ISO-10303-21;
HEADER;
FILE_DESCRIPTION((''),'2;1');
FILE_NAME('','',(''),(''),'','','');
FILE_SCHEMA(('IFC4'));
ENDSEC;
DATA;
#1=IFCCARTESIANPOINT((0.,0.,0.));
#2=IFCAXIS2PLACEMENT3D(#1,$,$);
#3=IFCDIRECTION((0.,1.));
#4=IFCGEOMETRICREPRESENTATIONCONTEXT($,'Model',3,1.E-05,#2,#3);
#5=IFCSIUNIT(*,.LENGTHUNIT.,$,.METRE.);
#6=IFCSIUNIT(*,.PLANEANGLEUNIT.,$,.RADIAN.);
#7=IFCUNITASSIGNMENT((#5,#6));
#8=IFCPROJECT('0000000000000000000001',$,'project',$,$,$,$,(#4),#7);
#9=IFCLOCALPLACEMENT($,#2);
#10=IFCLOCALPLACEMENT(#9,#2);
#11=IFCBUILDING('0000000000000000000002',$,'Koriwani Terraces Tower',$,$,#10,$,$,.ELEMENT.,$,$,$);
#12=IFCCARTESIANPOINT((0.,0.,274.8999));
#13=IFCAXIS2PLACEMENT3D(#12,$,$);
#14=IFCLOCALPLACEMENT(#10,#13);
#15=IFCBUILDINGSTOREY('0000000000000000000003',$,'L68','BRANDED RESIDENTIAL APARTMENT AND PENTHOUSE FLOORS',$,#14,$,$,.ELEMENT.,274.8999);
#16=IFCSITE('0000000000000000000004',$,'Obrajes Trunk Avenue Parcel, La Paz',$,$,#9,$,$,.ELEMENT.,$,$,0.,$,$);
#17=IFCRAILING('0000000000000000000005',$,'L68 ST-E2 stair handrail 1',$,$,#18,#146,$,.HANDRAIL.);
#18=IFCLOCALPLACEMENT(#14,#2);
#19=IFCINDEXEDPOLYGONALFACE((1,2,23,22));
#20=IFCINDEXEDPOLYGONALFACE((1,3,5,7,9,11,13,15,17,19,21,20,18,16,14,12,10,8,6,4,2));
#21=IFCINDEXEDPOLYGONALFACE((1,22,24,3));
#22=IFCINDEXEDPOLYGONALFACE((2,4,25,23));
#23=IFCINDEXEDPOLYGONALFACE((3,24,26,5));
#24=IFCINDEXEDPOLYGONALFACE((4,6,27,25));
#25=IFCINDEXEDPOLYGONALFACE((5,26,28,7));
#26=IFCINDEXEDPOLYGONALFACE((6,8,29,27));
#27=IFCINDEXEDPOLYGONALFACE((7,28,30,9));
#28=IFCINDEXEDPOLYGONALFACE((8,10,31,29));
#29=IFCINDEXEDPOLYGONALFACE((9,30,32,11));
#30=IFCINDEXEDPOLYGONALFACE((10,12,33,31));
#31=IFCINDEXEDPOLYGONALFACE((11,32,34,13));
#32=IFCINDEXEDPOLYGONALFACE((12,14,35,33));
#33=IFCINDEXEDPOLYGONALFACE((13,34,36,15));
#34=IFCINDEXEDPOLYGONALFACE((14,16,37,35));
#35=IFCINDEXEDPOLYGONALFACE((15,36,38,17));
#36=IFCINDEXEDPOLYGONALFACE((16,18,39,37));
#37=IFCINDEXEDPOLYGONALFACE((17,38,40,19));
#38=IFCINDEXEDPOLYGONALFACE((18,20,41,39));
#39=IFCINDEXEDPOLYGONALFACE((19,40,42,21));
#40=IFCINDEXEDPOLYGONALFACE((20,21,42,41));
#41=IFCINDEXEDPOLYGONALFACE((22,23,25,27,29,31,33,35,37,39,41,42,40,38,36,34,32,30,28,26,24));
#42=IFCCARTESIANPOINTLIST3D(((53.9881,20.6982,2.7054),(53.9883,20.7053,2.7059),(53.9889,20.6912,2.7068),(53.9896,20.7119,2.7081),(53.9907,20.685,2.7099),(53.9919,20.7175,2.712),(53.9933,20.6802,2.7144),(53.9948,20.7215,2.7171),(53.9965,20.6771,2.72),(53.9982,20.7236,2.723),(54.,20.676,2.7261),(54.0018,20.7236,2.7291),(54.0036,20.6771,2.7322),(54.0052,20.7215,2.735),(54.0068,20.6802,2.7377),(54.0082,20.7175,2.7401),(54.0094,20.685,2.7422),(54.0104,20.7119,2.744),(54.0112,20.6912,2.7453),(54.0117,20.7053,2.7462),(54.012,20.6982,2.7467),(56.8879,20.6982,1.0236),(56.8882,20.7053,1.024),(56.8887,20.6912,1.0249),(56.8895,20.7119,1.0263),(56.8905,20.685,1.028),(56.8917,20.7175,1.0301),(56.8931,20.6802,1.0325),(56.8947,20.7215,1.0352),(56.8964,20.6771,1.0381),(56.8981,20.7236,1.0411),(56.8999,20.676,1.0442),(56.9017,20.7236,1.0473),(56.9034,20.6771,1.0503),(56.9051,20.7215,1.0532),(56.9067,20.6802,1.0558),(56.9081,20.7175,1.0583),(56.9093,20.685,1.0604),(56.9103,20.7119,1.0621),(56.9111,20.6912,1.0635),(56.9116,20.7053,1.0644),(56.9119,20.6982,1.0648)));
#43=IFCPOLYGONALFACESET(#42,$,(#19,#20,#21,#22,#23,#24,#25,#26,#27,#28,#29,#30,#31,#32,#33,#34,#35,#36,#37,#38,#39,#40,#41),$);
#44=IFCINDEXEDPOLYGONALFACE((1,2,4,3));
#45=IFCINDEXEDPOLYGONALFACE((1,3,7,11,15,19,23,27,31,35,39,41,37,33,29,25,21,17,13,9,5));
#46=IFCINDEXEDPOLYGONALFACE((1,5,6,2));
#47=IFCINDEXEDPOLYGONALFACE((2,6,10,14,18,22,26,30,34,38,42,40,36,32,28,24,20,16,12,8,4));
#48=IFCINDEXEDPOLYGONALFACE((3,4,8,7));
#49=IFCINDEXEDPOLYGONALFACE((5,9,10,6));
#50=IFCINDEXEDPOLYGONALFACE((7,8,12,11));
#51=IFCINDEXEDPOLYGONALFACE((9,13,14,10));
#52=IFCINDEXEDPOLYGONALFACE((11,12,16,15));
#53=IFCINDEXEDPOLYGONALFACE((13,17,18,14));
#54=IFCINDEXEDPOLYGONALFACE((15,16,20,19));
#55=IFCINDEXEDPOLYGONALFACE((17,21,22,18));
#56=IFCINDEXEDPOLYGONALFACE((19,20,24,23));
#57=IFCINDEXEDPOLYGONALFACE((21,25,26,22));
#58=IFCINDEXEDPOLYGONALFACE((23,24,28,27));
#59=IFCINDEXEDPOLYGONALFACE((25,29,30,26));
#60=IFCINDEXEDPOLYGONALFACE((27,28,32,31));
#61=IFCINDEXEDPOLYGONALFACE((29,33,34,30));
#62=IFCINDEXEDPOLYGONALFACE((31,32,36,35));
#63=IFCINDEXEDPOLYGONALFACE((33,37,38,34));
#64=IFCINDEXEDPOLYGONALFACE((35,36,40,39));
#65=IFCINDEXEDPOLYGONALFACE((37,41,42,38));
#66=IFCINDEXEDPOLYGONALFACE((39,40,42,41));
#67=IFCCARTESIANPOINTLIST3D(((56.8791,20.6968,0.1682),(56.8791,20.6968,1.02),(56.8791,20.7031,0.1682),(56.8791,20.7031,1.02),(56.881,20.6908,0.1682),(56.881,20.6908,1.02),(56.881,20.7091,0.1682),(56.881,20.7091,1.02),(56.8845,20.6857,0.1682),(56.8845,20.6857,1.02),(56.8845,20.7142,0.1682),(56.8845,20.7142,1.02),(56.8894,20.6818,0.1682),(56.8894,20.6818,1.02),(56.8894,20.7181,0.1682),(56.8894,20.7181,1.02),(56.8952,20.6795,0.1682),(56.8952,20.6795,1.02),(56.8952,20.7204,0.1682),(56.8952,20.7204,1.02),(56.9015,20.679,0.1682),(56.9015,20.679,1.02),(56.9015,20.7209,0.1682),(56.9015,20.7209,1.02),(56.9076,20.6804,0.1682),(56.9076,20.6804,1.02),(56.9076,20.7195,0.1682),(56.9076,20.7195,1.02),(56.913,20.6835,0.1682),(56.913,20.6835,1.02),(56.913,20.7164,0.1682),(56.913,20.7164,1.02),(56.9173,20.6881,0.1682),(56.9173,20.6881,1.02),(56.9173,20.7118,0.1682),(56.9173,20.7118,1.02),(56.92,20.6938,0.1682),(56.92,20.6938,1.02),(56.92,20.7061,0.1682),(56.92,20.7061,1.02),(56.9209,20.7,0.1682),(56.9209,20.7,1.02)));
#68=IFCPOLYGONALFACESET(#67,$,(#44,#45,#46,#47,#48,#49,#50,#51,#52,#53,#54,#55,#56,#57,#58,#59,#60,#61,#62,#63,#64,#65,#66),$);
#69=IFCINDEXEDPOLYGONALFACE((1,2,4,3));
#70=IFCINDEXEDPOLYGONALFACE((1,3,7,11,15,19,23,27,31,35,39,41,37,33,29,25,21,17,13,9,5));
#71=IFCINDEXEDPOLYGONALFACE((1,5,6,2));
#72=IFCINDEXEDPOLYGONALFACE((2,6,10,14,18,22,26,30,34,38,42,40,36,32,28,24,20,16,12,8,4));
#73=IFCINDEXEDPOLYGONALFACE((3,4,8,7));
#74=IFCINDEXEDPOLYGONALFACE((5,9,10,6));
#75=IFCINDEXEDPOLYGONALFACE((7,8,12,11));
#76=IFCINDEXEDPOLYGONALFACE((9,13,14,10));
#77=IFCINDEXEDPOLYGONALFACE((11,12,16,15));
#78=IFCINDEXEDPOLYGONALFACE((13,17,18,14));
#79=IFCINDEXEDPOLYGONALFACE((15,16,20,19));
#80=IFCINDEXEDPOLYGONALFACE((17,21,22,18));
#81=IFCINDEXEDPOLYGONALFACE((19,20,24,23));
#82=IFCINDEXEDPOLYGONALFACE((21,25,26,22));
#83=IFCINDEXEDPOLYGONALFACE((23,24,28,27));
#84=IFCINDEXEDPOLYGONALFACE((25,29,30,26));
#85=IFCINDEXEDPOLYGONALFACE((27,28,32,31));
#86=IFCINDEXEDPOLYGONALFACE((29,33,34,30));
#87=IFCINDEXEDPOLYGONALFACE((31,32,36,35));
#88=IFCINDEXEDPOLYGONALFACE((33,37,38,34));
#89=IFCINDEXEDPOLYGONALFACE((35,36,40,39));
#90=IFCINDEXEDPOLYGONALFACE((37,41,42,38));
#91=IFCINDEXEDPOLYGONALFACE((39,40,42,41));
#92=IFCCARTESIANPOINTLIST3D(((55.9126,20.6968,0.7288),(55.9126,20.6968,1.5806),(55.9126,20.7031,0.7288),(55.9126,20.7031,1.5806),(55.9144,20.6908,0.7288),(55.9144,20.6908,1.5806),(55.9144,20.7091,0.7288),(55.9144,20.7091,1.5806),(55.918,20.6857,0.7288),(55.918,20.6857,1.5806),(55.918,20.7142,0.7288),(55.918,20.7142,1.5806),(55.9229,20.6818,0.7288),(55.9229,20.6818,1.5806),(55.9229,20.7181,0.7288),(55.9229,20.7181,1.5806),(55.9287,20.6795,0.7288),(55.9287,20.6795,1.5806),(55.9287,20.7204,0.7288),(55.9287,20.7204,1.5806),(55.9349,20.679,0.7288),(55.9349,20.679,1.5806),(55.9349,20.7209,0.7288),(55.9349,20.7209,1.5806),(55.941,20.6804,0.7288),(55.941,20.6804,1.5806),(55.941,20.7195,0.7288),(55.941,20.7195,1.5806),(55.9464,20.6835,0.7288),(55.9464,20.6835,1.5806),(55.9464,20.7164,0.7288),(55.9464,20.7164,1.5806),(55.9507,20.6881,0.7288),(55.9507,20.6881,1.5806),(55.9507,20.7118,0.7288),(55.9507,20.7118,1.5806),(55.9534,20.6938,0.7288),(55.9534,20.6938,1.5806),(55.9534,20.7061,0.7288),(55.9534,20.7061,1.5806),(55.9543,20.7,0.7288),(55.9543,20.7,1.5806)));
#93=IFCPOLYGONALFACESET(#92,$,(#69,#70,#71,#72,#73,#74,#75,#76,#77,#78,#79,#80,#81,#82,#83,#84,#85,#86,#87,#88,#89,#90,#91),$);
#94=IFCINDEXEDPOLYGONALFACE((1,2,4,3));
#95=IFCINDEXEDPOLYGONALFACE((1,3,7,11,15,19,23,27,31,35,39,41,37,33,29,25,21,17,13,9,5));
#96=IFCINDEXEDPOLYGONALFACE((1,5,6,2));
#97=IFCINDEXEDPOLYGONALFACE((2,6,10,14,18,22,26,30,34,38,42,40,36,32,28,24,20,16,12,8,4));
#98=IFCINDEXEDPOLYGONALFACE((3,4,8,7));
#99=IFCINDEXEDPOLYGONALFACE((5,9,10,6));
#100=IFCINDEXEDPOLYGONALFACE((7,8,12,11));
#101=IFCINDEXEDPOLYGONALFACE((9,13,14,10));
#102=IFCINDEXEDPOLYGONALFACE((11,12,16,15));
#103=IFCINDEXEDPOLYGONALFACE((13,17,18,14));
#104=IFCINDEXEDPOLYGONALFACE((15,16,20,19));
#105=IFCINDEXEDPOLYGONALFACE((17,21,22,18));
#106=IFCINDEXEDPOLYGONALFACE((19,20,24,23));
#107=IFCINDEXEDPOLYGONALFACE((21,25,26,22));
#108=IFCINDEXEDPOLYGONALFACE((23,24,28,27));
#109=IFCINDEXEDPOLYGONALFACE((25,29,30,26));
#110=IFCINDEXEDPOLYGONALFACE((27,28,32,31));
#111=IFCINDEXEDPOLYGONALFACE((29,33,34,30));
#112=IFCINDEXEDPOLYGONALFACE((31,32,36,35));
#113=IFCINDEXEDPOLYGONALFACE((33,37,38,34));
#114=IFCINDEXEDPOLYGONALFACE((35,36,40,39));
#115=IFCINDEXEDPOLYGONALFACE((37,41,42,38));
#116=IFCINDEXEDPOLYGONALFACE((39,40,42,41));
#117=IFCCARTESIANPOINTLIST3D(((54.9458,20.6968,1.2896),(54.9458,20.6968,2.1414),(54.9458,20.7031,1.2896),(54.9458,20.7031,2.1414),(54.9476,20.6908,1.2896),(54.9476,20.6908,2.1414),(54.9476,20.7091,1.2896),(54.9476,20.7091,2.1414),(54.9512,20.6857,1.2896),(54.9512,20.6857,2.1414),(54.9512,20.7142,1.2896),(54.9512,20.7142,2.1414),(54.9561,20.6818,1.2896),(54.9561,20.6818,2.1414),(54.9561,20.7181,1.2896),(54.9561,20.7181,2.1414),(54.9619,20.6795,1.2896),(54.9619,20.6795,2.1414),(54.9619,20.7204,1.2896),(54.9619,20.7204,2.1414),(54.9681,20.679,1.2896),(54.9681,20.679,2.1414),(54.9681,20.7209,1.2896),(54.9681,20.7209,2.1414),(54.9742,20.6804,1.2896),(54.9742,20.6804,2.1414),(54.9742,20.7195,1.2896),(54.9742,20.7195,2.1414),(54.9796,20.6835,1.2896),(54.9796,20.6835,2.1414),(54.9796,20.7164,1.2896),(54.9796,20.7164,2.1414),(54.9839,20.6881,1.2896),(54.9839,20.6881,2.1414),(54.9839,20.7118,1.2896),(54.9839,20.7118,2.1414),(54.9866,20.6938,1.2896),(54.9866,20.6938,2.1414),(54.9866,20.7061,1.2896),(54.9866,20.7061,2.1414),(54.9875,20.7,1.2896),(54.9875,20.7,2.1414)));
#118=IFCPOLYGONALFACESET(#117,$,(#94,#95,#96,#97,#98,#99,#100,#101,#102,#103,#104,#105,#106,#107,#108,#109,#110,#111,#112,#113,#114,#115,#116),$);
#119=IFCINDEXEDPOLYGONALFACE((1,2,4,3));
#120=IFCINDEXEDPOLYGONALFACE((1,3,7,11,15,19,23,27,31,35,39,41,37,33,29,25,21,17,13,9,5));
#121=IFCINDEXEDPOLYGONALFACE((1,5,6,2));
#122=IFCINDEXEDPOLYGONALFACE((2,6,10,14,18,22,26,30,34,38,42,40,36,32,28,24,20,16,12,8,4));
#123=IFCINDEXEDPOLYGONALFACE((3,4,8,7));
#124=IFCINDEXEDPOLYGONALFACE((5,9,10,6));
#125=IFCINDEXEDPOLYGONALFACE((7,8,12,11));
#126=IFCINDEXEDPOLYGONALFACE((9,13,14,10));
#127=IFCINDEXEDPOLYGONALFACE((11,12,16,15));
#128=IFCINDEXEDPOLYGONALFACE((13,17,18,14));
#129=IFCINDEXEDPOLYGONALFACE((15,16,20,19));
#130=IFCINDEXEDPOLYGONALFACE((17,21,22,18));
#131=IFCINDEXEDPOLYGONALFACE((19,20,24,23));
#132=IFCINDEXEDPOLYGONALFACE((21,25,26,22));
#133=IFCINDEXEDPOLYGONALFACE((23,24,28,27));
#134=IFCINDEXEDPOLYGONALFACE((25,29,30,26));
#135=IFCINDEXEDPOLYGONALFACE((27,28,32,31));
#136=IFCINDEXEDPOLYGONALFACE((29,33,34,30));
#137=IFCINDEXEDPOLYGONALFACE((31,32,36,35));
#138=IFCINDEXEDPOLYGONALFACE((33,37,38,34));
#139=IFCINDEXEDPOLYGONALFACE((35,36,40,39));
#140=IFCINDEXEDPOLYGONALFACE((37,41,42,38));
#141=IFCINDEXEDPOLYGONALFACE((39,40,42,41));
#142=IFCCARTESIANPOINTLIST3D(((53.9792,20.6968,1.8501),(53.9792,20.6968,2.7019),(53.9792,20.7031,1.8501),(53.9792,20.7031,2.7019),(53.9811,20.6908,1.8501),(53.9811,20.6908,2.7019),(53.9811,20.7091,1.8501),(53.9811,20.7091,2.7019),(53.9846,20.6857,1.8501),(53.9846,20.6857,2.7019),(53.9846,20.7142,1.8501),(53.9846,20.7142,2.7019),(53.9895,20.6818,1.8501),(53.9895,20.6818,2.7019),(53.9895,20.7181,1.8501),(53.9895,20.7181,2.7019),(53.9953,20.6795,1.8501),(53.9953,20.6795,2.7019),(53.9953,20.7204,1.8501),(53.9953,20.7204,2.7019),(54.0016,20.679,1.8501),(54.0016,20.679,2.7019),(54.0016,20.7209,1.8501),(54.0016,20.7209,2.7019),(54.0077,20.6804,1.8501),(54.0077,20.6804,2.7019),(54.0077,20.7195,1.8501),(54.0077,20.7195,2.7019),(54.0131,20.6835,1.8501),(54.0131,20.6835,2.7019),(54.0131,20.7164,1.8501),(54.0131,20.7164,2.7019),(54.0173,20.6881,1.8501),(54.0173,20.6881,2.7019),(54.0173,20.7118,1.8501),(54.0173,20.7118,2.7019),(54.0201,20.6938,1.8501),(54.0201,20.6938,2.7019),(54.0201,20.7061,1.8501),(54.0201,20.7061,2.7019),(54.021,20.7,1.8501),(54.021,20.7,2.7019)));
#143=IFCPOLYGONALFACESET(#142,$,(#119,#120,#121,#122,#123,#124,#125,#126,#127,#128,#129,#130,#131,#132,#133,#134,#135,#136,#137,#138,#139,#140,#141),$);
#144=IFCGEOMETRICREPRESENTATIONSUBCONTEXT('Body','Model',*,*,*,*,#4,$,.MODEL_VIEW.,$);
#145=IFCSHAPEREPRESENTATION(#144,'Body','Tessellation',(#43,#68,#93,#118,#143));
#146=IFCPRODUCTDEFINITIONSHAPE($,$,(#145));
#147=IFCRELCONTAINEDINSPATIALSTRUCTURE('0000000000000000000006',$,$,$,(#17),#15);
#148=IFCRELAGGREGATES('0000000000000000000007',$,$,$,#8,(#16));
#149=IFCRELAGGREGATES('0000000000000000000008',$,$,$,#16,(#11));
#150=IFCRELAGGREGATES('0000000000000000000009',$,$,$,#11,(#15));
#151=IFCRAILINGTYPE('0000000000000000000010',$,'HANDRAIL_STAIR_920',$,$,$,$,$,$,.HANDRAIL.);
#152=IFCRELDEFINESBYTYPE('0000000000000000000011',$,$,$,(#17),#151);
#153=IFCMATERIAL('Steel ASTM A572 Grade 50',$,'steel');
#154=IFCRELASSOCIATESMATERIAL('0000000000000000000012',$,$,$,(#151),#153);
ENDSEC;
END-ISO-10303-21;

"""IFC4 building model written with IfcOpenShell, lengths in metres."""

from ifc_helpers import new_model, si_unit, direction, frame, origin, origin_2d, place, context, subcontext, project, spatial, circle, extrude, material, type_object, element, save


model = new_model("IFC4")

# Units and contexts
model_context = context("Model", 3, precision=1e-05, world=origin(), true_north=direction((0.0, 1.0)))
body_context = subcontext(model_context, "Body", "Model", "MODEL_VIEW")
ifc_project = project(units=[si_unit("LENGTHUNIT", "METRE"), si_unit("PLANEANGLEUNIT", "RADIAN")], contexts=[model_context])

# Site, building, storey
site_placement = place(None, origin())
site = spatial("IfcSite", under=ifc_project, at=site_placement, Name="Obrajes Trunk Avenue Parcel, La Paz", CompositionType="ELEMENT", RefElevation=0.0)
building_placement = place(site_placement, origin())
building = spatial("IfcBuilding", under=site, at=building_placement, Name="Koriwani Terraces Tower", CompositionType="ELEMENT")
storey_placement = place(building_placement, frame((0.0, 0.0, 274.8999)))
storey = spatial("IfcBuildingStorey", under=building, at=storey_placement, Name="L68", Description="BRANDED RESIDENTIAL APARTMENT AND PENTHOUSE FLOORS", CompositionType="ELEMENT", Elevation=274.8999)

# Shared definitions
ifc_material_1 = material(Name="Steel ASTM A572 Grade 50", Category="steel")

# Railing
railing_type = type_object("IfcRailingType", Name="HANDRAIL_STAIR_920", PredefinedType="HANDRAIL", material=ifc_material_1)
railing_placement = place(storey_placement, frame((56.8999, 20.7, 0.1682)))
element("IfcRailing", 1, at=railing_placement, inside=storey, type_object=railing_type, Name="L68 ST-E2 stair handrail 1", PredefinedType="HANDRAIL", context=body_context, shape_type="SweptSolid", body=[
    extrude(circle(Radius=0.0239, at=origin_2d()), frame((0.0, 0.0, 0.876), z_axis=(-0.865039, 0.0, 0.501705), x_axis=(0.0, -1.0, 0.0)), (0.0, 0.0, 1.0), 3.3523),
    extrude(circle(Radius=0.021, at=origin_2d()), origin(), (0.0, 0.0, 1.0), 0.8518),
    extrude(circle(Radius=0.021, at=origin_2d()), frame((-0.9666, 0.0, 0.5605)), (0.0, 0.0, 1.0), 0.8518),
    extrude(circle(Radius=0.021, at=origin_2d()), frame((-1.9333, 0.0, 1.1213)), (0.0, 0.0, 1.0), 0.8518),
    extrude(circle(Radius=0.021, at=origin_2d()), frame((-2.8999, 0.0, 1.6819)), (0.0, 0.0, 1.0), 0.8518),
])

save(model, "model.ifc")
